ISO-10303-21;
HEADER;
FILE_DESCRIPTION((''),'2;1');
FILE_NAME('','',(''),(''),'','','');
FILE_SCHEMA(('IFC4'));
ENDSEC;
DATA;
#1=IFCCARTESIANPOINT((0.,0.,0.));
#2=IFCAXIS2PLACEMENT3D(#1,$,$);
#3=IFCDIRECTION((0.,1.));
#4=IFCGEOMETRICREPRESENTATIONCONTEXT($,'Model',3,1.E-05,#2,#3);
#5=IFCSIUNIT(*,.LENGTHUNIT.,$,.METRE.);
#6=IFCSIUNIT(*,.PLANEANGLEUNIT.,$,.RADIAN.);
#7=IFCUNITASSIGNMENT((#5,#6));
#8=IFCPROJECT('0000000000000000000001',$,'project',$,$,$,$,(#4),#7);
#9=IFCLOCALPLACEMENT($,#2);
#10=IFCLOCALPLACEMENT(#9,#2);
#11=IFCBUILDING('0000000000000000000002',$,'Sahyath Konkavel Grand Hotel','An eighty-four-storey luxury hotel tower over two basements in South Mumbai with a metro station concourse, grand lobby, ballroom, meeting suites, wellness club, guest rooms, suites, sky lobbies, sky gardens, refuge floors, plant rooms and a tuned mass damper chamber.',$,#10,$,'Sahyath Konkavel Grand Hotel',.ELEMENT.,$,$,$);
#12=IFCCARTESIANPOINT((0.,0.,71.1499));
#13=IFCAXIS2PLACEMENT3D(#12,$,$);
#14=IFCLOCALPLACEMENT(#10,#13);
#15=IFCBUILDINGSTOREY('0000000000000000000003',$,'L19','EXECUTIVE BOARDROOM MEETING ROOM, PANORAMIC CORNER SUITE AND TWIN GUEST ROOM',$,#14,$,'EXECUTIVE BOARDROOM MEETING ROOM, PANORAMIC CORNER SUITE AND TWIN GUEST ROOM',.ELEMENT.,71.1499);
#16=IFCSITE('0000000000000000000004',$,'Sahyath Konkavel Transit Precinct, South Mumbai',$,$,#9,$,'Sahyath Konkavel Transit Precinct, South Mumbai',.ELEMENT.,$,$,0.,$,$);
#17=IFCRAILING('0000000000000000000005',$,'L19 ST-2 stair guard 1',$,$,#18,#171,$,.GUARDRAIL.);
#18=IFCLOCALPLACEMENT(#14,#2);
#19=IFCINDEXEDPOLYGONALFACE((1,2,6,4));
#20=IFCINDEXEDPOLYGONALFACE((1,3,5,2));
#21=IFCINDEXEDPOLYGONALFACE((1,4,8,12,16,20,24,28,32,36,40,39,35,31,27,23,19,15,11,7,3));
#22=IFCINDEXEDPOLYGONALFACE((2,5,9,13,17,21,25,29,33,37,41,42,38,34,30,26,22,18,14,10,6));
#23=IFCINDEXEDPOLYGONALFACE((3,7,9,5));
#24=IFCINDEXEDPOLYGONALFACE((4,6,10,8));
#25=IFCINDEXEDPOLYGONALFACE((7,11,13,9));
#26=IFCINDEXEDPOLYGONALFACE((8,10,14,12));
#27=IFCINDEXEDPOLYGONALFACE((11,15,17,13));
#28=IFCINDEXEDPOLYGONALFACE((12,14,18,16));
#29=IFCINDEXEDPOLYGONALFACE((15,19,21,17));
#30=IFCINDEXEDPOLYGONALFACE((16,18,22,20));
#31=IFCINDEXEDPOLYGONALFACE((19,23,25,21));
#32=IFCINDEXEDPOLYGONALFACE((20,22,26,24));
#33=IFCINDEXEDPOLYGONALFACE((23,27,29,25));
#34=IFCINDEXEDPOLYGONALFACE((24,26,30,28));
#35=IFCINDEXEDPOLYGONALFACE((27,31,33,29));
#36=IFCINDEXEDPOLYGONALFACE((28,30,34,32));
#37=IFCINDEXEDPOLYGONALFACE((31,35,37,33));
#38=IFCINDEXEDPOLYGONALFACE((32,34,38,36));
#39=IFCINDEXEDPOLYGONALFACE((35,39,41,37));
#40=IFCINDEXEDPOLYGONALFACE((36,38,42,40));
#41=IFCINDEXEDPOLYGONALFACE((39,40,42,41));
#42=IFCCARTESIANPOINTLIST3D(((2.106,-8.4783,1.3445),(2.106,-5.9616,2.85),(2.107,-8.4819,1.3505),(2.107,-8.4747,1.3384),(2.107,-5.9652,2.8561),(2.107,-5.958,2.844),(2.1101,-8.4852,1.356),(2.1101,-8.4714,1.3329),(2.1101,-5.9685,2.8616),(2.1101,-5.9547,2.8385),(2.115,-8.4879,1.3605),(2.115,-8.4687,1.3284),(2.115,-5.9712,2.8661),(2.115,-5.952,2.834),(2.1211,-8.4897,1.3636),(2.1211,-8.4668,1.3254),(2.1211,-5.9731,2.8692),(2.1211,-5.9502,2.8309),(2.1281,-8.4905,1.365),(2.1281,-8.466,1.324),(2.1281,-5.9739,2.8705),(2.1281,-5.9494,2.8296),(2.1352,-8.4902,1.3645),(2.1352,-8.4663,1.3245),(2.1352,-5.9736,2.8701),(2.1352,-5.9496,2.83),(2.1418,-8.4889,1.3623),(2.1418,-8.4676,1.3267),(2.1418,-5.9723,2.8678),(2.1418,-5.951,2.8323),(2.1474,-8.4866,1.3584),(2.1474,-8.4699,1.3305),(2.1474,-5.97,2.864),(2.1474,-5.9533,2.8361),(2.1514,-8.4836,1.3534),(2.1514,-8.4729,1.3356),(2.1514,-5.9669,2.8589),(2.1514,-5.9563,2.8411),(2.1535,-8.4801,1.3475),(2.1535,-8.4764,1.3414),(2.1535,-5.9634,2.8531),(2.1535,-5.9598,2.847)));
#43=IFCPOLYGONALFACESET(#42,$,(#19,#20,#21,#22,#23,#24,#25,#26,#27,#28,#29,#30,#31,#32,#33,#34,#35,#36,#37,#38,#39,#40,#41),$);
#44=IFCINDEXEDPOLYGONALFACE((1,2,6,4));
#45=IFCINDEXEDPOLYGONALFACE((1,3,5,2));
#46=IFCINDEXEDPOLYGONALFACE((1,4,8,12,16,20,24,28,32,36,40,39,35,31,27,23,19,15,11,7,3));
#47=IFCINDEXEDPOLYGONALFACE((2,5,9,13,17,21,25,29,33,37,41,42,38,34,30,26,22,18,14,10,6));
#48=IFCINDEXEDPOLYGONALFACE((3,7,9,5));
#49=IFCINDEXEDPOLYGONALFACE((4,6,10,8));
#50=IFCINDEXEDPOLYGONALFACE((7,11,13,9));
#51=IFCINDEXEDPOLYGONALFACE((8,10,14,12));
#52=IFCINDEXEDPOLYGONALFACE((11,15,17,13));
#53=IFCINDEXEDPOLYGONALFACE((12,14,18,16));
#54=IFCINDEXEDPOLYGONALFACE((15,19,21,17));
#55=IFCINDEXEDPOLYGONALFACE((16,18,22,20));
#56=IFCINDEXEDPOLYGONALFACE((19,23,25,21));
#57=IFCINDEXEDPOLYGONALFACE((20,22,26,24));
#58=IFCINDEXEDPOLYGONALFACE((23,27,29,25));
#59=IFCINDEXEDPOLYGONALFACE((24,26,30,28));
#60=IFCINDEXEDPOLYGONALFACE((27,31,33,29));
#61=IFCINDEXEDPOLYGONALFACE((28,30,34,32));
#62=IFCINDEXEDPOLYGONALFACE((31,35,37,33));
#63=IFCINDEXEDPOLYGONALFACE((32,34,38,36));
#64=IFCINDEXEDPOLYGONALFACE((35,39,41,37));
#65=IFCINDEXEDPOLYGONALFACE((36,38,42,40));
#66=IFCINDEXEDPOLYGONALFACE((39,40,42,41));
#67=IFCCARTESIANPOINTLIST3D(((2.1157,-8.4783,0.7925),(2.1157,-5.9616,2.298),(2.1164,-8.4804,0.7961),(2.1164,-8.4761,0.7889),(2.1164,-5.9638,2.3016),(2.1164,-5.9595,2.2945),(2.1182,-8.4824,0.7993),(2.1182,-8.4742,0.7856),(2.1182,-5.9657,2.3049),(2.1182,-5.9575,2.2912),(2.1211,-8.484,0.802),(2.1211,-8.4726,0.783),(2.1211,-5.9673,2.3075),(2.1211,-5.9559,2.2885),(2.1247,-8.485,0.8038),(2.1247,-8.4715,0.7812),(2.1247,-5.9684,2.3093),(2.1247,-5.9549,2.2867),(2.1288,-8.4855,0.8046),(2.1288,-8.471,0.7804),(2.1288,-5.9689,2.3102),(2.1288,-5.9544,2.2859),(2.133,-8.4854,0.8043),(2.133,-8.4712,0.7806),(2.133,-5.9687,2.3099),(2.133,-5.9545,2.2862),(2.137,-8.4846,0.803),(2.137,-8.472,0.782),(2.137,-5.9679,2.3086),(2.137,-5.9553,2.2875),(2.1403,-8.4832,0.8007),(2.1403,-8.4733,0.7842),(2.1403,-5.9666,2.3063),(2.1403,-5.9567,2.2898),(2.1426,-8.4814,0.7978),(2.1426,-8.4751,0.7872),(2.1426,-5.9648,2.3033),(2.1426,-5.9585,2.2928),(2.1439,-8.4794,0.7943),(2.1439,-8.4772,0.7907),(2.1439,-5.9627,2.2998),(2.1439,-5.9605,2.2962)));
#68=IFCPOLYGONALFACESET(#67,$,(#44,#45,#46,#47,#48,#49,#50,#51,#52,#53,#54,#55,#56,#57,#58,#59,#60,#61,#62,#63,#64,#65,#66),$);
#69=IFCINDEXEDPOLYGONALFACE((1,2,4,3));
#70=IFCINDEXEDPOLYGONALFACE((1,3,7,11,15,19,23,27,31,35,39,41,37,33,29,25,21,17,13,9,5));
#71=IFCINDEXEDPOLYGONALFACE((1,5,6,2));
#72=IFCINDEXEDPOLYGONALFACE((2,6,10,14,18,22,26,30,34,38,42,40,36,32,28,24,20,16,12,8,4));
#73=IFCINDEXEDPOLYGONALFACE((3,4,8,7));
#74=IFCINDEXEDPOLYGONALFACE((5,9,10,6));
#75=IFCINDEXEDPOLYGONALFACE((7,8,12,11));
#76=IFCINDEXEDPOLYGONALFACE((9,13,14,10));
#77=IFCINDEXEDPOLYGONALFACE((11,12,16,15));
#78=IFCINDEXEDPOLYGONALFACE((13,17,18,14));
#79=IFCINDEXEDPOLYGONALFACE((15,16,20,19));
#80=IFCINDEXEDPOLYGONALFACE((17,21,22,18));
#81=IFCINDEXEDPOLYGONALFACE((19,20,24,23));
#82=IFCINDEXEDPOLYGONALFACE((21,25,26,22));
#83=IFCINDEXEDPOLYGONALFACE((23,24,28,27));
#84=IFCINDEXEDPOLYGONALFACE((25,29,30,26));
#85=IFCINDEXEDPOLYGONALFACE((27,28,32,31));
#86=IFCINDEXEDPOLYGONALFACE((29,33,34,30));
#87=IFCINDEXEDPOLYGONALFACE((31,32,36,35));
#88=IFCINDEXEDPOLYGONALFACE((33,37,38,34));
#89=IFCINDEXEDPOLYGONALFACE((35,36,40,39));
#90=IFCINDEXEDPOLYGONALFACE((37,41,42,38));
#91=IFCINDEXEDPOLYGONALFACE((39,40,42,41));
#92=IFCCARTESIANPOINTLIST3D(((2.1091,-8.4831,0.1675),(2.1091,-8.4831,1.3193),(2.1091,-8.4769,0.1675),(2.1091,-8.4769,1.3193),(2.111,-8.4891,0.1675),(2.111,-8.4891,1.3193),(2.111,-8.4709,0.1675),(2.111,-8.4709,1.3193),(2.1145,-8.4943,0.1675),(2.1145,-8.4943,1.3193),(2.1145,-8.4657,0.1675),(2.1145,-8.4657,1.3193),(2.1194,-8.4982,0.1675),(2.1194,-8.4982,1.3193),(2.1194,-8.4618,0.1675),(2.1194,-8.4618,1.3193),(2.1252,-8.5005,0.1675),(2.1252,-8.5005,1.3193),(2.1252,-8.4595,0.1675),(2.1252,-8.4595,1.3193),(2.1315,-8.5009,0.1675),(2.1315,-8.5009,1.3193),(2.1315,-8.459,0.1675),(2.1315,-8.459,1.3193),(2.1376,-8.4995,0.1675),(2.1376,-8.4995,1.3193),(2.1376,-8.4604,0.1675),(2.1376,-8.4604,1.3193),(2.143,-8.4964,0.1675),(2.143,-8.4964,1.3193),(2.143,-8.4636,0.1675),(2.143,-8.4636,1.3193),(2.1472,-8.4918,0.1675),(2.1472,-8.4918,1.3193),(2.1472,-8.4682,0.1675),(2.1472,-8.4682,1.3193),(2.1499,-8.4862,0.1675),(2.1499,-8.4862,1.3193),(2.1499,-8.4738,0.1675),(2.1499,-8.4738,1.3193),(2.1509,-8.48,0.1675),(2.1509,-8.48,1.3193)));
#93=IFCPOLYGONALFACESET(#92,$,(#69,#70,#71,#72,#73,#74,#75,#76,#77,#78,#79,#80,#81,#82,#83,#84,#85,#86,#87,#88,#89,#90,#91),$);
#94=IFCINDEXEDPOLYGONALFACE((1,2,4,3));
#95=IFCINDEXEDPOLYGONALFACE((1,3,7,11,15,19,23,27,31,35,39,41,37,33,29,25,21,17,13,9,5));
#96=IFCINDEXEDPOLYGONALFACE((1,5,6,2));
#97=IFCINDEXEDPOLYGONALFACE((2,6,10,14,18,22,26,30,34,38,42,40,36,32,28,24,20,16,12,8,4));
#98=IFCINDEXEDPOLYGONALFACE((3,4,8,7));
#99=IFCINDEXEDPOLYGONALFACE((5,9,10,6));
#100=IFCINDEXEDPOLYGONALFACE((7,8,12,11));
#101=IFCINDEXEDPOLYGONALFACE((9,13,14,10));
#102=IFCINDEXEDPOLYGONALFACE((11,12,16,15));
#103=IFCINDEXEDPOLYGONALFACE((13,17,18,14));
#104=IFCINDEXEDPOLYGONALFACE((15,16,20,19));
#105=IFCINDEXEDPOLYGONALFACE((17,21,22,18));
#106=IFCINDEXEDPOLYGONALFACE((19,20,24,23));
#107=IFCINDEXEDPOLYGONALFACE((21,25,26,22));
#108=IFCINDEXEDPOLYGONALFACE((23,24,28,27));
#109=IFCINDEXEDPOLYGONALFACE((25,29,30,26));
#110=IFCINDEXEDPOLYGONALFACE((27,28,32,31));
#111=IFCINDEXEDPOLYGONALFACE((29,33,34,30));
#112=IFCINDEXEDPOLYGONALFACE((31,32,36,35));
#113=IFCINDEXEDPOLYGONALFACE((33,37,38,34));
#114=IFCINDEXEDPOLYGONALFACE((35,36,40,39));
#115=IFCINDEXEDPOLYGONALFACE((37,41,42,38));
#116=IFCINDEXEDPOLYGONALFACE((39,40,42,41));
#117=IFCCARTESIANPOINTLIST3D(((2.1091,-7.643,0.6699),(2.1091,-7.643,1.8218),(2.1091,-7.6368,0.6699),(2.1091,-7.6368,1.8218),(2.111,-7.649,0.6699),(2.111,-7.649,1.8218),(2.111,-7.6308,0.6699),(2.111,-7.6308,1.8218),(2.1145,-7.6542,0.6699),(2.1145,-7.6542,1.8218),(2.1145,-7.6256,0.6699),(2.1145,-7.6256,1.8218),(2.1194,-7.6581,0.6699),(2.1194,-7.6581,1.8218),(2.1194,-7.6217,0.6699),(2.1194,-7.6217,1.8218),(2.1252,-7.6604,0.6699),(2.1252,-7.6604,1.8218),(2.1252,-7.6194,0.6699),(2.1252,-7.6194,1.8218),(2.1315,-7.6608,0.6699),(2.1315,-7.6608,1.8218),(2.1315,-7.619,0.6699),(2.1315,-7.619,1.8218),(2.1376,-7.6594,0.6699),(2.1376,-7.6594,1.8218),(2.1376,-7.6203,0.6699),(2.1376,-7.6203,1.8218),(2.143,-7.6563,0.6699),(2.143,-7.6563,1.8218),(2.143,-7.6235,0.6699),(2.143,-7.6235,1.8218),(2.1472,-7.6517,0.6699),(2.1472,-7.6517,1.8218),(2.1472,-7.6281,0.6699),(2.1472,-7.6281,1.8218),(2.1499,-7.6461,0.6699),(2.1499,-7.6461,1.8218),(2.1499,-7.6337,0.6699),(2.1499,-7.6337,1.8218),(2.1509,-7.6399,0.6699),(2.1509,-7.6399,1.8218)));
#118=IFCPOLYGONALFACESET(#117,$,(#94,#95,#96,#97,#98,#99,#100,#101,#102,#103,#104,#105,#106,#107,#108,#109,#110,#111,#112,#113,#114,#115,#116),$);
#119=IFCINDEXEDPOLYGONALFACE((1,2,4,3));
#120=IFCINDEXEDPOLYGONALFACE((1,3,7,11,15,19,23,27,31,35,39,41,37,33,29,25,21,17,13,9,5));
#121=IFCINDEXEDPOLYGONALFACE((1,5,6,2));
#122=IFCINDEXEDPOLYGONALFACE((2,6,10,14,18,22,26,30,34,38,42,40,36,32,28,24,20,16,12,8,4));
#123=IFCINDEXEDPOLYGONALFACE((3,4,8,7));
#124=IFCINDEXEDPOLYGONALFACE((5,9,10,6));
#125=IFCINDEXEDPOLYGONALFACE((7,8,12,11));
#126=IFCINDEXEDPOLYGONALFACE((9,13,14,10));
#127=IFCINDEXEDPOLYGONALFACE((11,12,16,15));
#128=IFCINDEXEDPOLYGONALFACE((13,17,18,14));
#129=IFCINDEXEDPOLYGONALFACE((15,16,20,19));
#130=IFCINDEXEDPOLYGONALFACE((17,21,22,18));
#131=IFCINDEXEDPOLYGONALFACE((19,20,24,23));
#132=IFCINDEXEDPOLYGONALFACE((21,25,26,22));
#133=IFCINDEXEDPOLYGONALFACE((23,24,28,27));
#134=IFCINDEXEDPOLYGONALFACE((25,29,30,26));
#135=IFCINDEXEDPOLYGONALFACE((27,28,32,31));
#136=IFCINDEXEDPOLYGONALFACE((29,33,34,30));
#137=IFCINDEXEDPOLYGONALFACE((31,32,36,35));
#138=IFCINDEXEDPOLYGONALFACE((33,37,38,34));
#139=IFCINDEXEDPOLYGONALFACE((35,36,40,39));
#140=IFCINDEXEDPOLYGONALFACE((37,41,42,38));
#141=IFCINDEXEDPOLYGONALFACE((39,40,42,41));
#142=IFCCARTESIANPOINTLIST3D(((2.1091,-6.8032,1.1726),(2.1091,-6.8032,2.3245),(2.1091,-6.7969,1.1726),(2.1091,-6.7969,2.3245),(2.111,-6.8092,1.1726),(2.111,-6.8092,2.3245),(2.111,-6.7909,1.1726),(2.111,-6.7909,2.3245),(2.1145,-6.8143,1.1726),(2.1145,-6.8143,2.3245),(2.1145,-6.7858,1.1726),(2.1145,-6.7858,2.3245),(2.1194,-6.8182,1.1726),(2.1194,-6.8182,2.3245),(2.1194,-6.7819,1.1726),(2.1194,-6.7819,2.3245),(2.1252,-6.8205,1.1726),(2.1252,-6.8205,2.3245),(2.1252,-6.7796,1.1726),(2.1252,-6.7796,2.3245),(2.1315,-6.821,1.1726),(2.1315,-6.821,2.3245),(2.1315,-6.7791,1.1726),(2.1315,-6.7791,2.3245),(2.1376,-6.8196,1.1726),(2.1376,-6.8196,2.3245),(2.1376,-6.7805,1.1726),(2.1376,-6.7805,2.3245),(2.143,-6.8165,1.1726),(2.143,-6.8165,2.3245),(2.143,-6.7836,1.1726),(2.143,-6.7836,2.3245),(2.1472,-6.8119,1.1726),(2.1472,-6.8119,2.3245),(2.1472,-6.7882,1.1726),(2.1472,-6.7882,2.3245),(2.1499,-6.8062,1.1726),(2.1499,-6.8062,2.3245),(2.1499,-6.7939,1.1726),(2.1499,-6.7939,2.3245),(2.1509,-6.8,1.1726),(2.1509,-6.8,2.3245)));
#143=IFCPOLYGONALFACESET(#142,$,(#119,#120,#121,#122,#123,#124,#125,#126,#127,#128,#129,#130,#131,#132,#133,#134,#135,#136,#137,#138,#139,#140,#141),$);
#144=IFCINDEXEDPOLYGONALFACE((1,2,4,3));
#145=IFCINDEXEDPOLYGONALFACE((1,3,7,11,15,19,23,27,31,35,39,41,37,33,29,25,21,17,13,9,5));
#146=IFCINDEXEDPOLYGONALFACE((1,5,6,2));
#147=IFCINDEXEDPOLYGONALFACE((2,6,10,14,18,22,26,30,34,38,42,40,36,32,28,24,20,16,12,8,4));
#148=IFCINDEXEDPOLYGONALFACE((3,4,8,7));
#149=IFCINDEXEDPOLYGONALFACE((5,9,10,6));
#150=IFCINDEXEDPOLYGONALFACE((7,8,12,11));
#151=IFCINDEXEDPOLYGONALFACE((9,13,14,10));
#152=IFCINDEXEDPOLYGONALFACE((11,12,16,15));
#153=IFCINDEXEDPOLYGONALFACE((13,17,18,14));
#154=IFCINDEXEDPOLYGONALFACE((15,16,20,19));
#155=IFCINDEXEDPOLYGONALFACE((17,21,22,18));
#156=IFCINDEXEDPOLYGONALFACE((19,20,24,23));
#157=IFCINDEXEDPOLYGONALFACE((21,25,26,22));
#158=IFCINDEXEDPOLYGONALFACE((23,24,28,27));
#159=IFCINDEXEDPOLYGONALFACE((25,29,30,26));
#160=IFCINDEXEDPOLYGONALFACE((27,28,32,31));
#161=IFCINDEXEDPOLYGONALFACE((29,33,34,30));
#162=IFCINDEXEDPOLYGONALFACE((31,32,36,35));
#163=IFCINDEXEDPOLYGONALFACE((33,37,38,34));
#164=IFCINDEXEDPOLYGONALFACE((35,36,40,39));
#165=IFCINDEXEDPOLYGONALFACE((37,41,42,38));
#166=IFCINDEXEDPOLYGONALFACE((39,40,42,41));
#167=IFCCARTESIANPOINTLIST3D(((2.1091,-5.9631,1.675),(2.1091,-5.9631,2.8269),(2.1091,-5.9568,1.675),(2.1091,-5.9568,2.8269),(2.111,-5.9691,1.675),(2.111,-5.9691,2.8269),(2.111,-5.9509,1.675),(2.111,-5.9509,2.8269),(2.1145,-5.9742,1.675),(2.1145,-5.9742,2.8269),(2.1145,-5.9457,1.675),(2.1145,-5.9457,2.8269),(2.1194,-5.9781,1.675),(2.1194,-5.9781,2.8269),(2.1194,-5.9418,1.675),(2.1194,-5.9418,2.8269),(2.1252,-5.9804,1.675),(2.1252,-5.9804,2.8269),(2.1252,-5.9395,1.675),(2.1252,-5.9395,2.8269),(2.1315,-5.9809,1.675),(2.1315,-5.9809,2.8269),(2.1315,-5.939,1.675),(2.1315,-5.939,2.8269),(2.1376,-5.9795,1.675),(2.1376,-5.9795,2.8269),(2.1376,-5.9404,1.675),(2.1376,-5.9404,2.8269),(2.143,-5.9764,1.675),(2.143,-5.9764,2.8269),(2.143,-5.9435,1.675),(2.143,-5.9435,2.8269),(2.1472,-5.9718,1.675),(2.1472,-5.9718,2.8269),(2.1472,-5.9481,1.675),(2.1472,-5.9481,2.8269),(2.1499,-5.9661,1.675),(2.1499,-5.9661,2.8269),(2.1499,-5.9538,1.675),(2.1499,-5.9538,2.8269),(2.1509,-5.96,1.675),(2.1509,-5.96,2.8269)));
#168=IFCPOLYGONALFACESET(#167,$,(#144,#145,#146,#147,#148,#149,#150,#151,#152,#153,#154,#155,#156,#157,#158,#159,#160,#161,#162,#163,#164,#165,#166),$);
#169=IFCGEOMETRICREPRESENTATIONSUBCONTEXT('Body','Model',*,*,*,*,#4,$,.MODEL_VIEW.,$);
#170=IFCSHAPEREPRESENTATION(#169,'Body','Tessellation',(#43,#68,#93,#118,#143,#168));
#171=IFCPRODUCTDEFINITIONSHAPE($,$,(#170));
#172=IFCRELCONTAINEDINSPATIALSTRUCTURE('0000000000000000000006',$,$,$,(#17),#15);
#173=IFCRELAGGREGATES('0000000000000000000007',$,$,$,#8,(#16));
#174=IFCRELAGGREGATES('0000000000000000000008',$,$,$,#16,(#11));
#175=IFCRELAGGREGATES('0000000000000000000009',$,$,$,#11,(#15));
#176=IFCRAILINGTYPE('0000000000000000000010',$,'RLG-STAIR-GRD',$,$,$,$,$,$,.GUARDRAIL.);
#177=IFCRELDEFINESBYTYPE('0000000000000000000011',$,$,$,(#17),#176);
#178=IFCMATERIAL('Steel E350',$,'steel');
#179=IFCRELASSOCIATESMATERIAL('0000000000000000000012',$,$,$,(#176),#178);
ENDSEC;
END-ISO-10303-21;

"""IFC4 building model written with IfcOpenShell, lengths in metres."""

from ifc_helpers import new_model, si_unit, direction, frame, origin, origin_2d, place, context, subcontext, project, spatial, circle, extrude, material, type_object, element, save


model = new_model("IFC4")

# Units and contexts
model_context = context("Model", 3, precision=1e-05, world=origin(), true_north=direction((0.0, 1.0)))
body_context = subcontext(model_context, "Body", "Model", "MODEL_VIEW")
ifc_project = project(units=[si_unit("LENGTHUNIT", "METRE"), si_unit("PLANEANGLEUNIT", "RADIAN")], contexts=[model_context])

# Site, building, storey
site_placement = place(None, origin())
site = spatial("IfcSite", under=ifc_project, at=site_placement, Name="Sahyath Konkavel Transit Precinct, South Mumbai", LongName="Sahyath Konkavel Transit Precinct, South Mumbai", CompositionType="ELEMENT", RefElevation=0.0)
building_placement = place(site_placement, origin())
building = spatial("IfcBuilding", under=site, at=building_placement, Name="Sahyath Konkavel Grand Hotel", Description="An eighty-four-storey luxury hotel tower over two basements in South Mumbai with a metro station concourse, grand lobby, ballroom, meeting suites, wellness club, guest rooms, suites, sky lobbies, sky gardens, refuge floors, plant rooms and a tuned mass damper chamber.", LongName="Sahyath Konkavel Grand Hotel", CompositionType="ELEMENT")
storey_placement = place(building_placement, frame((0.0, 0.0, 71.1499)))
storey = spatial("IfcBuildingStorey", under=building, at=storey_placement, Name="L19", Description="EXECUTIVE BOARDROOM MEETING ROOM, PANORAMIC CORNER SUITE AND TWIN GUEST ROOM", LongName="EXECUTIVE BOARDROOM MEETING ROOM, PANORAMIC CORNER SUITE AND TWIN GUEST ROOM", CompositionType="ELEMENT", Elevation=71.1499)

# Shared definitions
ifc_material_1 = material(Name="Steel E350", Category="steel")

# Railing
railing_type_1 = type_object("IfcRailingType", Name="RLG-STAIR-GRD", PredefinedType="GUARDRAIL", material=ifc_material_1)
railing_1_placement = place(storey_placement, frame((2.1299, -8.48, 0.1675)))
element("IfcRailing", 1, at=railing_1_placement, inside=storey, type_object=railing_type_1, Name="L19 ST-2 stair guard 1", PredefinedType="GUARDRAIL", context=body_context, shape_type="SweptSolid", body=[
    extrude(circle(Radius=0.0239, at=origin_2d()), frame((0.0, 0.0017, 1.177), z_axis=(0.0, 0.85816, 0.513383), x_axis=(-1.0, 0.0, 0.0)), (0.0, 0.0, 1.0), 2.9326),
    extrude(circle(Radius=0.0142, at=origin_2d()), frame((0.0, 0.0017, 0.625), z_axis=(0.0, 0.85816, 0.513383), x_axis=(-1.0, 0.0, 0.0)), (0.0, 0.0, 1.0), 2.9326),
    extrude(circle(Radius=0.021, at=origin_2d()), origin(), (0.0, 0.0, 1.0), 1.1519),
    extrude(circle(Radius=0.021, at=origin_2d()), frame((0.0, 0.8401, 0.5024)), (0.0, 0.0, 1.0), 1.1519),
    extrude(circle(Radius=0.021, at=origin_2d()), frame((0.0, 1.6799, 1.0051)), (0.0, 0.0, 1.0), 1.1519),
    extrude(circle(Radius=0.021, at=origin_2d()), frame((0.0, 2.52, 1.5076)), (0.0, 0.0, 1.0), 1.1519),
])

save(model, "model.ifc")
